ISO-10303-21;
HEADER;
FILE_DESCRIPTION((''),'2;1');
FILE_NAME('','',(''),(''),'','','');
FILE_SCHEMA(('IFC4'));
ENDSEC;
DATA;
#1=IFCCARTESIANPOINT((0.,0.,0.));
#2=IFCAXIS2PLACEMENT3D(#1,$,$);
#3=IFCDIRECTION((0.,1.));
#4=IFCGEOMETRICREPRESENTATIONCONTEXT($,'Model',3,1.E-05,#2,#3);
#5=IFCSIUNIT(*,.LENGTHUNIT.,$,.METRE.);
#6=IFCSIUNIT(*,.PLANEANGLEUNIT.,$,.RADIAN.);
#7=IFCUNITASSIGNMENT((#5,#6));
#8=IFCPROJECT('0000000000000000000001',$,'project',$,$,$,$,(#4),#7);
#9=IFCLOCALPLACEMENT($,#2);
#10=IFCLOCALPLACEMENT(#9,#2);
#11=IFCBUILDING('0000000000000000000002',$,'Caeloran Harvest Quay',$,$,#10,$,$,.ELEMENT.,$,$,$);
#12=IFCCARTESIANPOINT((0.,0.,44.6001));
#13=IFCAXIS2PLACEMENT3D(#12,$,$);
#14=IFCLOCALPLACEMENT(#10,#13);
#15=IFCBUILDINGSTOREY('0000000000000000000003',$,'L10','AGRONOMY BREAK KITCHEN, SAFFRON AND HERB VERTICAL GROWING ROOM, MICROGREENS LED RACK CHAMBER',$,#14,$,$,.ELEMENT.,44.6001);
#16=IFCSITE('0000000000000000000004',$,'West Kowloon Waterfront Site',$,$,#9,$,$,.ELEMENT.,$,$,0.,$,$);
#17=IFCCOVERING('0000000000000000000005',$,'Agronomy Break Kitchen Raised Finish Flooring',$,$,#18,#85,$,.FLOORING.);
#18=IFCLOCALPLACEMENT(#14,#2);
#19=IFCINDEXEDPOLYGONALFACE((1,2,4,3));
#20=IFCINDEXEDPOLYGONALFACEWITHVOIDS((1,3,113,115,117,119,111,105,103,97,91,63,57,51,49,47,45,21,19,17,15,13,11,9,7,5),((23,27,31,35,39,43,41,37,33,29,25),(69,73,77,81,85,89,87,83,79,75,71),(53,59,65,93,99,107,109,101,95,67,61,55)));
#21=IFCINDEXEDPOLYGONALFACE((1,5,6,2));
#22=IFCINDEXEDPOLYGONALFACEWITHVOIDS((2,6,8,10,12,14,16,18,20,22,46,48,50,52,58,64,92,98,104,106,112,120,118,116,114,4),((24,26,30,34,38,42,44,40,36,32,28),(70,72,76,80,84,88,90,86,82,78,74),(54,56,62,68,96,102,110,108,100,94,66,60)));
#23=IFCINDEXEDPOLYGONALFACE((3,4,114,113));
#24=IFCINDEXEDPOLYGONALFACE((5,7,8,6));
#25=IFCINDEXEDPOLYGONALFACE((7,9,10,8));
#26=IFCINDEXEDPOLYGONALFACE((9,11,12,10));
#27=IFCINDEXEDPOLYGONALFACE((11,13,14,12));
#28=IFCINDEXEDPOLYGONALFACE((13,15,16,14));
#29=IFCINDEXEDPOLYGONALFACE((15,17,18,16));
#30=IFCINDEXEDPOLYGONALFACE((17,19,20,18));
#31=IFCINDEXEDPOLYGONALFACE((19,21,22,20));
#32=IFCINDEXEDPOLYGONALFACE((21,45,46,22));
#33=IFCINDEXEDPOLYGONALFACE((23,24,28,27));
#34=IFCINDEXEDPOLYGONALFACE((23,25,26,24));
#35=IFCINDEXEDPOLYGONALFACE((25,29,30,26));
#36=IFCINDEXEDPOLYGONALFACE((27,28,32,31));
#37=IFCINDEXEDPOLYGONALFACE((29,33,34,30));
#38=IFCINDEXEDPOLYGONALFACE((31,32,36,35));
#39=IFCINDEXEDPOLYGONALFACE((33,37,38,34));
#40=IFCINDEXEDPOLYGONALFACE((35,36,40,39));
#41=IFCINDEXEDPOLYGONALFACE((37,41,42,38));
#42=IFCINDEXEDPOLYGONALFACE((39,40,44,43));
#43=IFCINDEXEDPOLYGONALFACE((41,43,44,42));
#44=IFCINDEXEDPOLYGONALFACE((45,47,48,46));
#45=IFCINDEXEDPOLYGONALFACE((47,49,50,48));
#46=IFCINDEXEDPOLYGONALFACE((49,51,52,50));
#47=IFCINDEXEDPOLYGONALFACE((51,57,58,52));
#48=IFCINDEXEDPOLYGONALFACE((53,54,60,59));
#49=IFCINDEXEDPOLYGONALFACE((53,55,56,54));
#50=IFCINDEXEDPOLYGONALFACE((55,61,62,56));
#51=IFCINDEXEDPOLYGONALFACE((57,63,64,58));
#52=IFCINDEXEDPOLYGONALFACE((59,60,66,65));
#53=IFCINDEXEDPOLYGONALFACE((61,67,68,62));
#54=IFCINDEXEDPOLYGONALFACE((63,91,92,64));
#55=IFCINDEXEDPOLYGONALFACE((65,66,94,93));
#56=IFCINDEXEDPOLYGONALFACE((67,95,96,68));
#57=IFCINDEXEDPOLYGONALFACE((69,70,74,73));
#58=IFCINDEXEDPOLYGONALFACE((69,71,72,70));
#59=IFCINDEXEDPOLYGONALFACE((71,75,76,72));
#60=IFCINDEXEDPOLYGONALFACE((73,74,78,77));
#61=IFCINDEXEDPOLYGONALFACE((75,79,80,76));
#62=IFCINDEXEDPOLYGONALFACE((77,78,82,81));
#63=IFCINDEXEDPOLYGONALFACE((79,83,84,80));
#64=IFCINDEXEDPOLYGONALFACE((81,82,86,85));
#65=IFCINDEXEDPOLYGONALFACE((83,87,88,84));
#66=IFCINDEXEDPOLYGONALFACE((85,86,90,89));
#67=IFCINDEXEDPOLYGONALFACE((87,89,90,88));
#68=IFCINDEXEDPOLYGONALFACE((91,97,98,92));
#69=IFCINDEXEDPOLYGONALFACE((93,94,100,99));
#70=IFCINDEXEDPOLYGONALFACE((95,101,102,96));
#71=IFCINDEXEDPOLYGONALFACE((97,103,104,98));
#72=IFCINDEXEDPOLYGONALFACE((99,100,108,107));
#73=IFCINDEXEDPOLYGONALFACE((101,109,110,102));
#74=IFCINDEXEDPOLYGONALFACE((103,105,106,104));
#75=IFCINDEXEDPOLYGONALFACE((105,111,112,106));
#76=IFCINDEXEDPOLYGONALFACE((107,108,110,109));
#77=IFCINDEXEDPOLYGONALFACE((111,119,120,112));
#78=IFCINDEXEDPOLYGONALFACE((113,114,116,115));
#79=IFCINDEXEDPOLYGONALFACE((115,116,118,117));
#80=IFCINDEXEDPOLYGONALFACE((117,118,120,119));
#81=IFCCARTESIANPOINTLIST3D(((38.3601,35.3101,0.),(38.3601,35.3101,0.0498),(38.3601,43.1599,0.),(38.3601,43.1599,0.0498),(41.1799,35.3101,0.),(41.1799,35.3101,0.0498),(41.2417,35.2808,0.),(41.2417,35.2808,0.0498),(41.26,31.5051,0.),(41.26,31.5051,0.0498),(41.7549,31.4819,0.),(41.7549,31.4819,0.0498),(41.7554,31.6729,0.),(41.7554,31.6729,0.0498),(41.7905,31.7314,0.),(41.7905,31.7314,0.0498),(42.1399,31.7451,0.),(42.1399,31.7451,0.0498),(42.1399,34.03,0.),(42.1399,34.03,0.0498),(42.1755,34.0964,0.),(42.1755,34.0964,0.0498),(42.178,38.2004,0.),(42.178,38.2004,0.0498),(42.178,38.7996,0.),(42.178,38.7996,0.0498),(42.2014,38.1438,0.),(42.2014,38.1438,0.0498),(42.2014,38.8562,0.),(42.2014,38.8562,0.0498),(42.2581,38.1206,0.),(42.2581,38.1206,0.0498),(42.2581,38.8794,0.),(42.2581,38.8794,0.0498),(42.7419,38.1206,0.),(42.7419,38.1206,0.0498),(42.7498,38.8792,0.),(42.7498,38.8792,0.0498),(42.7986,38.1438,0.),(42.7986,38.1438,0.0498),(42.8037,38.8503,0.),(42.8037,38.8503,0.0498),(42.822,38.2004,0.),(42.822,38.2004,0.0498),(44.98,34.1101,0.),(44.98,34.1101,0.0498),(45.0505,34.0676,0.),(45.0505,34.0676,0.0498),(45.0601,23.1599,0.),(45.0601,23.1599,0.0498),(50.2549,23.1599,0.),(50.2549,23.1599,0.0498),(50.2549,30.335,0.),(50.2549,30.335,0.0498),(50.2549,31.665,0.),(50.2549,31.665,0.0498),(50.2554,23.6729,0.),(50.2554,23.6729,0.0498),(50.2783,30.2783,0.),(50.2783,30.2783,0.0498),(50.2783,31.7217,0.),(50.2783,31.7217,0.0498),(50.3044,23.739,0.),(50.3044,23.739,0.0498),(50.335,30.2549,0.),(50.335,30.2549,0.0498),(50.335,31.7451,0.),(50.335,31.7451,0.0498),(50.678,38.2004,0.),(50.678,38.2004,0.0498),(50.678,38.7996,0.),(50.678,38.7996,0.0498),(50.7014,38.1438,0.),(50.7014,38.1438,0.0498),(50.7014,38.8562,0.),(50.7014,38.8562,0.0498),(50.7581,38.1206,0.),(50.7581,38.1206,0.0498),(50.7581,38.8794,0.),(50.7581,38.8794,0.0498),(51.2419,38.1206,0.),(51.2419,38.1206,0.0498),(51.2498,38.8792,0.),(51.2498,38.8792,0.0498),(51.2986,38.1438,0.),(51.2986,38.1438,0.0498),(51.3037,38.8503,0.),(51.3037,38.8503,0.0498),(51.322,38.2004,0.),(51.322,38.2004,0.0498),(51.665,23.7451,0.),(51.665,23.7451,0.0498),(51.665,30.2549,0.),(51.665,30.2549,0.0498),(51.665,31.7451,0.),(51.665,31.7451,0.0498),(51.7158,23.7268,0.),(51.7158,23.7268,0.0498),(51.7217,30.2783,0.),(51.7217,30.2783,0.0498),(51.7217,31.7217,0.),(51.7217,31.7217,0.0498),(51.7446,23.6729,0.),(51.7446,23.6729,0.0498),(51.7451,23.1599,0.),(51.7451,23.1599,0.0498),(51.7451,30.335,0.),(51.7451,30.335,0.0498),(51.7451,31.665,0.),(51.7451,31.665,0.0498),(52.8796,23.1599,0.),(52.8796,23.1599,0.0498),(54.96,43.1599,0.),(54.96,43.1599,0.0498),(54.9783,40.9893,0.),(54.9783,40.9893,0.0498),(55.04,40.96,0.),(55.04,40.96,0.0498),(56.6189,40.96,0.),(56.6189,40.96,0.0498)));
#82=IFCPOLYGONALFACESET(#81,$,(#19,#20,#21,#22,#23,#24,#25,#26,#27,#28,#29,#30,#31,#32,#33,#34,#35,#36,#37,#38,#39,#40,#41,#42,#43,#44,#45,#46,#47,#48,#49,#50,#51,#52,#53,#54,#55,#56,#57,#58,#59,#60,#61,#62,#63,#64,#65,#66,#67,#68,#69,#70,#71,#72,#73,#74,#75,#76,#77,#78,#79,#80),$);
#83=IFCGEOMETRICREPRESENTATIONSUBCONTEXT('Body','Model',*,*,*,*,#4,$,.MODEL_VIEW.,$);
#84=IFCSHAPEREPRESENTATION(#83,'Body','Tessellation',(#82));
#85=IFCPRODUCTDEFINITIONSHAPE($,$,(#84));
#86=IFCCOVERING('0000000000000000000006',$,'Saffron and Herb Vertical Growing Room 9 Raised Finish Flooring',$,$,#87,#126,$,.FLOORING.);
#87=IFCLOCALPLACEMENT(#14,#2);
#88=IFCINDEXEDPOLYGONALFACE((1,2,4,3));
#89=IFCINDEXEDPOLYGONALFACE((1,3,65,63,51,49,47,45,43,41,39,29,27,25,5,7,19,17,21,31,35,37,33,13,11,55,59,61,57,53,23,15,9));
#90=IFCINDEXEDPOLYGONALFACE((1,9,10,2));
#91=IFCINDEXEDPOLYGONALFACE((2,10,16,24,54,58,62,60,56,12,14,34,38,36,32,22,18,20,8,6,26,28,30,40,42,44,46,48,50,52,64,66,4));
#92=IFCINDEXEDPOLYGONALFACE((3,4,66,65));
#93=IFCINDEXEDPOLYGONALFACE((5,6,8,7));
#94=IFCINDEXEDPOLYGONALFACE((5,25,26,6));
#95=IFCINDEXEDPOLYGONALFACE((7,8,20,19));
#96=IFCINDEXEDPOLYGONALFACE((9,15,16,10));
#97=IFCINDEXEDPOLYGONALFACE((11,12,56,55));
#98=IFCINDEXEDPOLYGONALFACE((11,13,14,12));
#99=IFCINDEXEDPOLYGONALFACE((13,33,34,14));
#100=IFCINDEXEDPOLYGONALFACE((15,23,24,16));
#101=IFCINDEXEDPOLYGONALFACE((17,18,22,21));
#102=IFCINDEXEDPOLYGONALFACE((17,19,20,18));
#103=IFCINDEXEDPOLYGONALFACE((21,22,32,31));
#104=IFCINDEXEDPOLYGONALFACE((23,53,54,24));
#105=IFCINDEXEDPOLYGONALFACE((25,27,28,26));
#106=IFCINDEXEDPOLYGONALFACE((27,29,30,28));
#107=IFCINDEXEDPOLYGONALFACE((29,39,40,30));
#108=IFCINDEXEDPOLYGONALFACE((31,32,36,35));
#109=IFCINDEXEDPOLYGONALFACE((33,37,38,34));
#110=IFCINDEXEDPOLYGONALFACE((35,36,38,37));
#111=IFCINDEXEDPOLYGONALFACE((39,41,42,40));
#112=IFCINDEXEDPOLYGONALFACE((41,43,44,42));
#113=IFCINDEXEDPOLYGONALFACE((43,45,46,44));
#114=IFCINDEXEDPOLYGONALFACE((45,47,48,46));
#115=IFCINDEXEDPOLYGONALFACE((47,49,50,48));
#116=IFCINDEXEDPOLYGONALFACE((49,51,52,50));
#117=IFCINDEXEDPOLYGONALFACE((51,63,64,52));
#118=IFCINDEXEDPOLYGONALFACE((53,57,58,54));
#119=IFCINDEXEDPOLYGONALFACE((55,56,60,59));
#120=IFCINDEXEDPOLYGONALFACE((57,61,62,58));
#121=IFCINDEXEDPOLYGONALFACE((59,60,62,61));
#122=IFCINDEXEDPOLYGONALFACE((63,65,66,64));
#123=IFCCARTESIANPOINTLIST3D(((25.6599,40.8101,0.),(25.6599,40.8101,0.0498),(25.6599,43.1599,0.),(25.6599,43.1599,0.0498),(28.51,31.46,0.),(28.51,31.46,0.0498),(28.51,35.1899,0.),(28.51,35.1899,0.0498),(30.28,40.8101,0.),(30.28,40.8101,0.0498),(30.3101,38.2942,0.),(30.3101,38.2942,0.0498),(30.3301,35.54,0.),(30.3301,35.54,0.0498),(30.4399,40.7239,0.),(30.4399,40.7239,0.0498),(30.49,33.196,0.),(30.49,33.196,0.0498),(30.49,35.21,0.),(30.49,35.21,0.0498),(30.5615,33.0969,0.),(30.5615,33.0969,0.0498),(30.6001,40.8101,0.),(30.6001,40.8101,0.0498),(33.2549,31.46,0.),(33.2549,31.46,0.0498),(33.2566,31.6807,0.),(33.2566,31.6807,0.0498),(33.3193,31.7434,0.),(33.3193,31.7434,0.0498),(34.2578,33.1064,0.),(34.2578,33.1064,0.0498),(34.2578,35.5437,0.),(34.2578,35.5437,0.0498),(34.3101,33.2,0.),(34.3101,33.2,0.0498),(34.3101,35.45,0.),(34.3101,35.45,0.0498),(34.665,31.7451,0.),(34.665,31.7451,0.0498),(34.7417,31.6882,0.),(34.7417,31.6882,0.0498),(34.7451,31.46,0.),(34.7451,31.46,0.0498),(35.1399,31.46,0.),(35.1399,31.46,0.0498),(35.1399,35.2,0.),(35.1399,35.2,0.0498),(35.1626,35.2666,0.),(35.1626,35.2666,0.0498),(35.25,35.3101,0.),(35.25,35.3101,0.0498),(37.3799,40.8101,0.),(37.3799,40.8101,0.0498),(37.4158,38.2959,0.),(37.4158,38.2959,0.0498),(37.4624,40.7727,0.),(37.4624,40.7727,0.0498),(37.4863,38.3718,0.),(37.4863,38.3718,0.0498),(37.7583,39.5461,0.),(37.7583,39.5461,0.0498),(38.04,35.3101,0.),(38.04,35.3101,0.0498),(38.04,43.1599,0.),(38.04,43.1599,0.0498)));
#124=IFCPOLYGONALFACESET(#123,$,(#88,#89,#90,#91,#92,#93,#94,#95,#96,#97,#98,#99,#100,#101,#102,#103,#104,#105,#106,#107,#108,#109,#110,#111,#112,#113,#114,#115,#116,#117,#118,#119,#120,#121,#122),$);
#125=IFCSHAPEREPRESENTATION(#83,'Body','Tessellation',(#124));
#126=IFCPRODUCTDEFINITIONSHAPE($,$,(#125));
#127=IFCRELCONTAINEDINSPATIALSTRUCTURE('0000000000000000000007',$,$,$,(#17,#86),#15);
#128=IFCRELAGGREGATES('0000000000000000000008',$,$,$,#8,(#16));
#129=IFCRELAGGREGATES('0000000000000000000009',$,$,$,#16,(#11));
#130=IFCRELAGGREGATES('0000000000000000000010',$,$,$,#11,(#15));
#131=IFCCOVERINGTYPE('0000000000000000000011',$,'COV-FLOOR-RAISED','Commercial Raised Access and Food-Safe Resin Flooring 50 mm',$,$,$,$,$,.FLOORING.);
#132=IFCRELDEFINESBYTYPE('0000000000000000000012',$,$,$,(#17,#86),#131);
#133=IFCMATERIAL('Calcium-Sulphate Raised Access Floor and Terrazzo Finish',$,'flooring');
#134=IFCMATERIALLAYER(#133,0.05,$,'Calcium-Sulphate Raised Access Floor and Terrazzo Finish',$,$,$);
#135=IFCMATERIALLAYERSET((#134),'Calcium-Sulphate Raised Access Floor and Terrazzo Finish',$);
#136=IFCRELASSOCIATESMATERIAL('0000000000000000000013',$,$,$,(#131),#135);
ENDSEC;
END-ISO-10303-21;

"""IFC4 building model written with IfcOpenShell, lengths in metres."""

from ifc_helpers import new_model, si_unit, direction, frame, origin, place, context, subcontext, project, spatial, polyline, outline, extrude, material, layer, layer_set, type_object, element, save


model = new_model("IFC4")

# Units and contexts
model_context = context("Model", 3, precision=1e-05, world=origin(), true_north=direction((0.0, 1.0)))
body_context = subcontext(model_context, "Body", "Model", "MODEL_VIEW")
ifc_project = project(units=[si_unit("LENGTHUNIT", "METRE"), si_unit("PLANEANGLEUNIT", "RADIAN")], contexts=[model_context])

# Site, building, storey
site_placement = place(None, origin())
site = spatial("IfcSite", under=ifc_project, at=site_placement, Name="West Kowloon Waterfront Site", CompositionType="ELEMENT", RefElevation=0.0)
building_placement = place(site_placement, origin())
building = spatial("IfcBuilding", under=site, at=building_placement, Name="Caeloran Harvest Quay", CompositionType="ELEMENT")
storey_placement = place(building_placement, frame((0.0, 0.0, 44.6001)))
storey = spatial("IfcBuildingStorey", under=building, at=storey_placement, Name="L10", Description="AGRONOMY BREAK KITCHEN, SAFFRON AND HERB VERTICAL GROWING ROOM, MICROGREENS LED RACK CHAMBER", CompositionType="ELEMENT", Elevation=44.6001)

# Coverings
ifc_material_1 = material(Name="Calcium-Sulphate Raised Access Floor and Terrazzo Finish", Category="flooring")
ifc_layer_1 = layer(ifc_material_1, 0.05, Name="Calcium-Sulphate Raised Access Floor and Terrazzo Finish")
ifc_layer_set_1 = layer_set([ifc_layer_1], Name="Calcium-Sulphate Raised Access Floor and Terrazzo Finish")
covering_type_1 = type_object("IfcCoveringType", Name="COV-FLOOR-RAISED", Description="Commercial Raised Access and Food-Safe Resin Flooring 50 mm", PredefinedType="FLOORING", material=ifc_layer_set_1)
covering_1_placement = place(storey_placement, origin())
element("IfcCovering", 1, at=covering_1_placement, inside=storey, type_object=covering_type_1, Name="Agronomy Break Kitchen Raised Finish Flooring", PredefinedType="FLOORING", context=body_context, shape_type="SweptSolid", body=[
    extrude(outline(polyline([(38.3601, 35.3101), (38.3601, 43.1599), (54.96, 43.1599), (54.9783, 40.9893), (55.04, 40.96), (56.6189, 40.96), (52.8796, 23.1599), (51.7451, 23.1599), (51.7446, 23.6729), (51.7158, 23.7268), (51.665, 23.7451), (50.3044, 23.739), (50.2554, 23.6729), (50.2549, 23.1599), (45.0601, 23.1599), (45.0505, 34.0676), (44.98, 34.1101), (42.1755, 34.0964), (42.1399, 34.03), (42.1399, 31.7451), (41.7905, 31.7314), (41.7554, 31.6729), (41.7549, 31.4819), (41.26, 31.5051), (41.2417, 35.2808), (41.1799, 35.3101), (38.3601, 35.3101)]), holes=[polyline([(51.7451, 31.665), (51.7217, 31.7217), (51.665, 31.7451), (50.335, 31.7451), (50.2783, 31.7217), (50.2549, 31.665), (50.2549, 30.335), (50.2783, 30.2783), (50.335, 30.2549), (51.665, 30.2549), (51.7217, 30.2783), (51.7451, 30.335), (51.7451, 31.665)]), polyline([(51.322, 38.2004), (51.3037, 38.8503), (51.2498, 38.8792), (50.7581, 38.8794), (50.7014, 38.8562), (50.678, 38.7996), (50.678, 38.2004), (50.7014, 38.1438), (50.7581, 38.1206), (51.2419, 38.1206), (51.2986, 38.1438), (51.322, 38.2004)]), polyline([(42.822, 38.2004), (42.8037, 38.8503), (42.7498, 38.8792), (42.2581, 38.8794), (42.2014, 38.8562), (42.178, 38.7996), (42.178, 38.2004), (42.2014, 38.1438), (42.2581, 38.1206), (42.7419, 38.1206), (42.7986, 38.1438), (42.822, 38.2004)])]), origin(), (0.0, 0.0, 1.0), 0.0498),
])
covering_2_placement = place(storey_placement, origin())
element("IfcCovering", 2, at=covering_2_placement, inside=storey, type_object=covering_type_1, Name="Saffron and Herb Vertical Growing Room 9 Raised Finish Flooring", PredefinedType="FLOORING", context=body_context, shape_type="SweptSolid", body=[
    extrude(outline(polyline([(30.28, 40.8101), (25.6599, 40.8101), (25.6599, 43.1599), (38.04, 43.1599), (38.04, 35.3101), (35.25, 35.3101), (35.1626, 35.2666), (35.1399, 35.2), (35.1399, 31.46), (34.7451, 31.46), (34.7417, 31.6882), (34.665, 31.7451), (33.3193, 31.7434), (33.2566, 31.6807), (33.2549, 31.46), (28.51, 31.46), (28.51, 35.1899), (30.49, 35.21), (30.49, 33.196), (30.5615, 33.0969), (34.2578, 33.1064), (34.3101, 33.2), (34.3101, 35.45), (34.2578, 35.5437), (30.3301, 35.54), (30.3101, 38.2942), (37.4158, 38.2959), (37.4863, 38.3718), (37.7583, 39.5461), (37.4624, 40.7727), (37.3799, 40.8101), (30.6001, 40.8101), (30.4399, 40.7239), (30.28, 40.8101)])), origin(), (0.0, 0.0, 1.0), 0.0498),
])

save(model, "model.ifc")
